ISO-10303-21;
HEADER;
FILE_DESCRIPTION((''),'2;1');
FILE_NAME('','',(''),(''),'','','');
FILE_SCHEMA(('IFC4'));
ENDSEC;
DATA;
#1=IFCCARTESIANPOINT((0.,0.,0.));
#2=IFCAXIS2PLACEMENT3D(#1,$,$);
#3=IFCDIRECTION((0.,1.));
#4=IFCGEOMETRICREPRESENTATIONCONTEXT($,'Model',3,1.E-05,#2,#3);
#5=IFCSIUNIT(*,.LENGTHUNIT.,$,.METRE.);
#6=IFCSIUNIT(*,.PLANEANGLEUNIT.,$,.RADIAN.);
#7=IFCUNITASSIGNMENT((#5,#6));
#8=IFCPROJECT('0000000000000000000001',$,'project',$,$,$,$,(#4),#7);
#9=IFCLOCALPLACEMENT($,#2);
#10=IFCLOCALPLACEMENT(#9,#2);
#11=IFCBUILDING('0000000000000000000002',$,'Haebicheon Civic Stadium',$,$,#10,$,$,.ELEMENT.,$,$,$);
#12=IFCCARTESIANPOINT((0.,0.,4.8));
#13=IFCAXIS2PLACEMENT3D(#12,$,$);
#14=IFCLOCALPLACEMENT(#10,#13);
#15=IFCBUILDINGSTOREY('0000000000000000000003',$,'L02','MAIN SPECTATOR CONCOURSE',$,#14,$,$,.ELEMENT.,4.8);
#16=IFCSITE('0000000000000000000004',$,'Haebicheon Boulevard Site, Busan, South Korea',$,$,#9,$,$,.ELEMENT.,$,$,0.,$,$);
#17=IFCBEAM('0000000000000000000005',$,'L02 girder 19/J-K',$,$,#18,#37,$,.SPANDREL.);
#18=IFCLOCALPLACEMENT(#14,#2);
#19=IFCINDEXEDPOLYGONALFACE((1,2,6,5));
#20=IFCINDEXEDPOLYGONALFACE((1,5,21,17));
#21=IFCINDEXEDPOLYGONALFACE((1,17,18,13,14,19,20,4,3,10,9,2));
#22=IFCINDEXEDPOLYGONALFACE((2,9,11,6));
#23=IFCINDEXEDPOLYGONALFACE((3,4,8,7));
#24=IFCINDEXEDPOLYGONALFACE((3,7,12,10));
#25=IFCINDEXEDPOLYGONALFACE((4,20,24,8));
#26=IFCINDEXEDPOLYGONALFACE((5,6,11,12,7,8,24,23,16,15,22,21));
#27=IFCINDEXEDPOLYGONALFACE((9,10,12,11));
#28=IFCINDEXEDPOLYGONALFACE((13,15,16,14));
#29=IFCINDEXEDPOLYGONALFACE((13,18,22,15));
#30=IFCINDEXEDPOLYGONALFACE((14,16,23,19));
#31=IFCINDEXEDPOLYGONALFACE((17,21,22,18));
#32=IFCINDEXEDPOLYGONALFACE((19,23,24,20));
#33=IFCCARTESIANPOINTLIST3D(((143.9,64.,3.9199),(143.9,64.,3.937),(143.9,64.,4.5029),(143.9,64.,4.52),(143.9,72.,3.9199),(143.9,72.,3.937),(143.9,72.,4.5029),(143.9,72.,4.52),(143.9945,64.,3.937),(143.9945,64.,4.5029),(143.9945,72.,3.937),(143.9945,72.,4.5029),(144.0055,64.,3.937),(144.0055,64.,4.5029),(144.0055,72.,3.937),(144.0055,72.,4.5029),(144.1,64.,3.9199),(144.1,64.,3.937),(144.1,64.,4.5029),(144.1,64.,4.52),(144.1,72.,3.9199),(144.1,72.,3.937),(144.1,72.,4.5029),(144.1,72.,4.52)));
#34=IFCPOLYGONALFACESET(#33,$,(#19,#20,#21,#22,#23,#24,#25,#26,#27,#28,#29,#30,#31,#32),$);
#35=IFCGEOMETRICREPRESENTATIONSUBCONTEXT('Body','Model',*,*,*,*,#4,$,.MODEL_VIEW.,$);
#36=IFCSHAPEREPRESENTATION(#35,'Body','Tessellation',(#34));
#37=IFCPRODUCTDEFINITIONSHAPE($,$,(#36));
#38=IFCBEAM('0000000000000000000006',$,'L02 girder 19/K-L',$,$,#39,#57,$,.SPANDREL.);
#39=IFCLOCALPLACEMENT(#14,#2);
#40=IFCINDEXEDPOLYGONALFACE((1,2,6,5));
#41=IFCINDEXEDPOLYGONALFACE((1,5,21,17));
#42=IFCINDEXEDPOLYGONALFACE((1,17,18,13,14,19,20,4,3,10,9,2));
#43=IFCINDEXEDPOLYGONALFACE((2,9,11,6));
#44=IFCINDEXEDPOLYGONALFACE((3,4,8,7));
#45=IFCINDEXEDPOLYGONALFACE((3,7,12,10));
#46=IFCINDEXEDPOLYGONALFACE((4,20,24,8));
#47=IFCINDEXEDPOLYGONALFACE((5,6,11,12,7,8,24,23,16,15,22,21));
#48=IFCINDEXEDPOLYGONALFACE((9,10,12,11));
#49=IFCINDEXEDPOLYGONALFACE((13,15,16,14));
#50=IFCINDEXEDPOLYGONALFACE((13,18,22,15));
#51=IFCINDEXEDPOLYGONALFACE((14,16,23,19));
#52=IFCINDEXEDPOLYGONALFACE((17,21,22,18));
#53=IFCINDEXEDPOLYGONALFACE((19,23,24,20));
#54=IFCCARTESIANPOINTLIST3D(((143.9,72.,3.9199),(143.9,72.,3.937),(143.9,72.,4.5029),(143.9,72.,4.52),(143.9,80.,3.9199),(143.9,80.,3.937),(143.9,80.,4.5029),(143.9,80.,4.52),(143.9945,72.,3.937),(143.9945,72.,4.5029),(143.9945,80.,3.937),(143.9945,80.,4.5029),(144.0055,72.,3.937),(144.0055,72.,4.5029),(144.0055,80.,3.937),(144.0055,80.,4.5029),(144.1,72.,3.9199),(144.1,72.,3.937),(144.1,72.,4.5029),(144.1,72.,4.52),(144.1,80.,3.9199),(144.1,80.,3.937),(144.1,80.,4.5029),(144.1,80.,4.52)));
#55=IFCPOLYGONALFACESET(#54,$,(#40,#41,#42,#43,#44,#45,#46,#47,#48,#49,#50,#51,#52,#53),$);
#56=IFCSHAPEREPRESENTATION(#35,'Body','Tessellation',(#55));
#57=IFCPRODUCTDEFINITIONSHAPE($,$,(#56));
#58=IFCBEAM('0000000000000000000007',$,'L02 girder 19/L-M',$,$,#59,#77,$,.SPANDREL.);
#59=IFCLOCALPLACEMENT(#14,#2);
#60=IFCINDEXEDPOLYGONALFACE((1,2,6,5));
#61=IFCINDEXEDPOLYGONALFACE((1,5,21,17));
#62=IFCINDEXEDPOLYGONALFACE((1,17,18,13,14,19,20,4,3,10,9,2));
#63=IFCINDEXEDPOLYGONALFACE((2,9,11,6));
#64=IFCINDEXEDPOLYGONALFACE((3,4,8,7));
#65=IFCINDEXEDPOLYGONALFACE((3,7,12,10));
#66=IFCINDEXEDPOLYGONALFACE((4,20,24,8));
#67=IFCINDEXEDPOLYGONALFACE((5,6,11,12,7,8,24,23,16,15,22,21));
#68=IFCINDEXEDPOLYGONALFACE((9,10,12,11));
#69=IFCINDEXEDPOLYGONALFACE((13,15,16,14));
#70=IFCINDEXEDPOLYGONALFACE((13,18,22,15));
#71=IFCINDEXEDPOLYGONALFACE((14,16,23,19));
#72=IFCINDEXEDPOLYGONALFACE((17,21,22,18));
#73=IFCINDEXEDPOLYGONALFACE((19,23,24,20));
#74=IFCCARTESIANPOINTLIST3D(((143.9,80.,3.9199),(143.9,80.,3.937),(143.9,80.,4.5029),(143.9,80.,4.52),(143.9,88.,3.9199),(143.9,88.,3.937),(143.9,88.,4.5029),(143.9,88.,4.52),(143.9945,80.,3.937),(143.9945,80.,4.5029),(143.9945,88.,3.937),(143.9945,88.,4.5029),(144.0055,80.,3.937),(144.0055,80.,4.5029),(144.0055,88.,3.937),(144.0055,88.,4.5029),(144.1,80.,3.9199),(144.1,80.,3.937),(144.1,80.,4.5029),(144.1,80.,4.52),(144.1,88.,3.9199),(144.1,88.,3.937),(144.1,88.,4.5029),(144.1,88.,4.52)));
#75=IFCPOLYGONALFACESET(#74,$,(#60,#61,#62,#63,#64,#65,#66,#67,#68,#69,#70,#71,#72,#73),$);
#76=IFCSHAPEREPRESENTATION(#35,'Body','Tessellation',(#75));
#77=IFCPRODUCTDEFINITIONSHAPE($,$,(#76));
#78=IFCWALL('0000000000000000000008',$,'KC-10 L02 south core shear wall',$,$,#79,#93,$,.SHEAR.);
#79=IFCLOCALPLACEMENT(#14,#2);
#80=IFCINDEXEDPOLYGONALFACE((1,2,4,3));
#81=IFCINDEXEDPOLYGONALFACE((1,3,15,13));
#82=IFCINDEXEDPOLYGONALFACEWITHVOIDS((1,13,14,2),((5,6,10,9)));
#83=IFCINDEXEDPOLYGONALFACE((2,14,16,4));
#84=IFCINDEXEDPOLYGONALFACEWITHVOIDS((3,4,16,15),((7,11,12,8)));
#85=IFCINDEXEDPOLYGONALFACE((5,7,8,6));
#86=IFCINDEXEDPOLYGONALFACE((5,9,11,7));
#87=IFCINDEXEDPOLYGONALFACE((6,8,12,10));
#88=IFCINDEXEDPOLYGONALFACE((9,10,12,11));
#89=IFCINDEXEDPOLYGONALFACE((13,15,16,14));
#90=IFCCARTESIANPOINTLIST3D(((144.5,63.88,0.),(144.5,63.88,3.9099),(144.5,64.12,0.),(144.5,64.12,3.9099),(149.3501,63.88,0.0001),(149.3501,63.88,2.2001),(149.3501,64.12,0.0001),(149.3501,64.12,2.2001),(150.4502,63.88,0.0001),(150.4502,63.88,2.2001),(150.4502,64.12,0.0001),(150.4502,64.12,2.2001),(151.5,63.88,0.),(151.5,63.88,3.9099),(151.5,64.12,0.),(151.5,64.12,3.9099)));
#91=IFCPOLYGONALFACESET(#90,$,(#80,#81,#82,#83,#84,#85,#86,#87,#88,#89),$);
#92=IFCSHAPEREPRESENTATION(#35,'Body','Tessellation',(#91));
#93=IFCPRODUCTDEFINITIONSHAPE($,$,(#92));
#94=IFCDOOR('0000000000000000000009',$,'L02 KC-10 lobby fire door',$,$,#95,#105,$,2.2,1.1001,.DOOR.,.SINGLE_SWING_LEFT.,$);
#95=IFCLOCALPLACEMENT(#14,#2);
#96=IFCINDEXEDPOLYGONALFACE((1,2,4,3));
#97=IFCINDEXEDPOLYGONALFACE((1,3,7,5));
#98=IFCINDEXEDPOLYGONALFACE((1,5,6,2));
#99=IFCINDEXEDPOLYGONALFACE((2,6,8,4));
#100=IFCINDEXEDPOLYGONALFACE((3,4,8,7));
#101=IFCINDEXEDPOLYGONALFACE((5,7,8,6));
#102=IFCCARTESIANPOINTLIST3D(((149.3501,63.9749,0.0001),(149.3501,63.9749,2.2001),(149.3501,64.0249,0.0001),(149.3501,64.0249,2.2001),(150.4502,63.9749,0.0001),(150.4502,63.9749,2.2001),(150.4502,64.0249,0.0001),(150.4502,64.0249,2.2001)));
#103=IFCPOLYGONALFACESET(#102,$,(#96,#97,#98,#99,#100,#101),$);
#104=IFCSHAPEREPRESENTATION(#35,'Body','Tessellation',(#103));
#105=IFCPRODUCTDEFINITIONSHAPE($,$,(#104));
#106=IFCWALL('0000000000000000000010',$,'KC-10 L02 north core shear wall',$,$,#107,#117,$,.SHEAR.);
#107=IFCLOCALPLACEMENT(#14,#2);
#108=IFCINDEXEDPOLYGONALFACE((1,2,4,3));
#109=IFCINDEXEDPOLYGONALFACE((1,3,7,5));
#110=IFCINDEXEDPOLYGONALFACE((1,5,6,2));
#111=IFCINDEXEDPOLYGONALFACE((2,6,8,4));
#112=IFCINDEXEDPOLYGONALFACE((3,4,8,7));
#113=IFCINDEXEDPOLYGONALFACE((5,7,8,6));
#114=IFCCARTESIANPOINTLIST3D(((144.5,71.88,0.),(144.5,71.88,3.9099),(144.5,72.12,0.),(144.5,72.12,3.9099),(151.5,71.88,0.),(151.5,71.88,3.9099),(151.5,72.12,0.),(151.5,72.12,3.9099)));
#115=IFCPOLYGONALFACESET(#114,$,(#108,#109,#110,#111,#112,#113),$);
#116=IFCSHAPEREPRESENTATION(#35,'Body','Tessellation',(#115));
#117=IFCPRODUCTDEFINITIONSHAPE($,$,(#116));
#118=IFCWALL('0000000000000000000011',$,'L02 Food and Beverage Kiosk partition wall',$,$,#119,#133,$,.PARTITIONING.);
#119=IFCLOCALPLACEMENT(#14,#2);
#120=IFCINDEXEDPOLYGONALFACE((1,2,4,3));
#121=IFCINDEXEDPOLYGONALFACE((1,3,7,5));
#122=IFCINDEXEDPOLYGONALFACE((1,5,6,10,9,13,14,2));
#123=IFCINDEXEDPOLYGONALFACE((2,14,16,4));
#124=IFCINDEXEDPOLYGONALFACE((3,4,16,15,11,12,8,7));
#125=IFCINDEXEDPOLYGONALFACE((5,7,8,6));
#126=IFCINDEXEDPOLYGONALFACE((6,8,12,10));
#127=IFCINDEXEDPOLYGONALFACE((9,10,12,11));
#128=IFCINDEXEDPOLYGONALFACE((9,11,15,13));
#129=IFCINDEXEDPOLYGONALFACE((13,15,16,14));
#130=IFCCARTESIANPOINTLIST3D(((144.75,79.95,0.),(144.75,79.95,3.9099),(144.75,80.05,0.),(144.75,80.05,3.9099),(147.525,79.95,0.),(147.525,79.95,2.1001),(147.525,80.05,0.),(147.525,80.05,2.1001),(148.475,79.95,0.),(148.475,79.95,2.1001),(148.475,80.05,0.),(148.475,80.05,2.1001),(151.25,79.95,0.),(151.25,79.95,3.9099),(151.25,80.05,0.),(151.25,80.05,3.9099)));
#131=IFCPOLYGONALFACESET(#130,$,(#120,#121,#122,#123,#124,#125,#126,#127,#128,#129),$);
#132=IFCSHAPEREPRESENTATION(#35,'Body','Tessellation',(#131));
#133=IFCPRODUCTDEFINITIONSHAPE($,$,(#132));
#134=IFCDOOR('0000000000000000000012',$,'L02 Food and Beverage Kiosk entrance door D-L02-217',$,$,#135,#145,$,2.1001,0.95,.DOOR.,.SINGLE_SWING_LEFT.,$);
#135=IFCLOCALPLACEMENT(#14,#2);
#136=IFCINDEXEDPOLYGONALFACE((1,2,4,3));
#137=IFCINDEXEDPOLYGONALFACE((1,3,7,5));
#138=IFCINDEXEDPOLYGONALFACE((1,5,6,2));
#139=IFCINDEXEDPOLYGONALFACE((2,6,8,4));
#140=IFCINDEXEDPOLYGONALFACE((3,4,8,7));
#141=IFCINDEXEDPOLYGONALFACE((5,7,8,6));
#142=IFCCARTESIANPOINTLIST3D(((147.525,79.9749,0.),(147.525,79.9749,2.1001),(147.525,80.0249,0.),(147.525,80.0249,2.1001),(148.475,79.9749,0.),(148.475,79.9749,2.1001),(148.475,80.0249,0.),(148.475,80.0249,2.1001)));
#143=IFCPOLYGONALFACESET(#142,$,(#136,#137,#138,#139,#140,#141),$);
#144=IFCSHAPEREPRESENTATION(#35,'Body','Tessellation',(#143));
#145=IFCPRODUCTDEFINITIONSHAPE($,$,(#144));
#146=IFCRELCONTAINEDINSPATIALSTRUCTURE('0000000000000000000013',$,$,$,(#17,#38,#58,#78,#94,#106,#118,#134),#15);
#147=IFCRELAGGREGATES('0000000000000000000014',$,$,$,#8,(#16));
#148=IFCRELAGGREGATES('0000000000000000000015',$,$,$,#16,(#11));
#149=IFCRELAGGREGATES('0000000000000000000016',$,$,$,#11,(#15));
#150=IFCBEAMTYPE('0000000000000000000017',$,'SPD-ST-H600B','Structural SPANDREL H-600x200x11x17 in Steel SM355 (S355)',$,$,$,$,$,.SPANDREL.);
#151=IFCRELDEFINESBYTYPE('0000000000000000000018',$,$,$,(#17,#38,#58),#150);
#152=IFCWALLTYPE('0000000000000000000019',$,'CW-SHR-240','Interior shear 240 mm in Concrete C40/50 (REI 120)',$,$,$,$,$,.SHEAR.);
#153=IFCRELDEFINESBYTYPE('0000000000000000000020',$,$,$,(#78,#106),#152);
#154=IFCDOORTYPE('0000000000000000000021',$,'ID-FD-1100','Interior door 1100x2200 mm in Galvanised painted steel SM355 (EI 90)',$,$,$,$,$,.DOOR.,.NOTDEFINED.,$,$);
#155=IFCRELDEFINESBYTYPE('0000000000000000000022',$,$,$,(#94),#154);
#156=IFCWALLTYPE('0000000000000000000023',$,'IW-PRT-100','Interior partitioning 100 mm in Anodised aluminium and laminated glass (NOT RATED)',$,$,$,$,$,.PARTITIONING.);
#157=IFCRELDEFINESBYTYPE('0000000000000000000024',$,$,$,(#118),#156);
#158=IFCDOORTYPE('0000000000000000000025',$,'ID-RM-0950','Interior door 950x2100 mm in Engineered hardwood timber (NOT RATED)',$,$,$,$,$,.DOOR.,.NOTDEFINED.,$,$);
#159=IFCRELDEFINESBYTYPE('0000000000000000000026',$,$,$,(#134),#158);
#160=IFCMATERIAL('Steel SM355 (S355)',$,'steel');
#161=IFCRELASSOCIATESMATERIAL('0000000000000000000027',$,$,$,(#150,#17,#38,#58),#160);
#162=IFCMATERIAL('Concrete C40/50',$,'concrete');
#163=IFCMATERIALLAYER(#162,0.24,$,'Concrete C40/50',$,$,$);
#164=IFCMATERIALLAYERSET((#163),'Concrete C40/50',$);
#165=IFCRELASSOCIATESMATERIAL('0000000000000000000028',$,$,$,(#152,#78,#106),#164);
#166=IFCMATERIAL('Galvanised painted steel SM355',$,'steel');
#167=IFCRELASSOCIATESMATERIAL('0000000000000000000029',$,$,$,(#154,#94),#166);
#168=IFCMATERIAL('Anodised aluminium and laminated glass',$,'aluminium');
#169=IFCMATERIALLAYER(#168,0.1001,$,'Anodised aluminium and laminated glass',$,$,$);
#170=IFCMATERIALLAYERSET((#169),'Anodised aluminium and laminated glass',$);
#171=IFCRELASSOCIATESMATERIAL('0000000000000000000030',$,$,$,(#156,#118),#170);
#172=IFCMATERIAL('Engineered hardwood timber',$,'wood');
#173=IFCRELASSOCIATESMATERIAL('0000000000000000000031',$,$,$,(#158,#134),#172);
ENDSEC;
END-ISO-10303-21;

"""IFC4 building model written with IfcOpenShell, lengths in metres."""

from ifc_helpers import new_model, si_unit, direction, frame, frame_2d, origin, origin_2d, place, context, subcontext, project, spatial, rectangle, i_section, extrude, material, layer, layer_set, material_profile, profile_set, type_object, element, fill, save


model = new_model("IFC4")

# Units and contexts
model_context = context("Model", 3, precision=1e-05, world=origin(), true_north=direction((0.0, 1.0)))
body_context = subcontext(model_context, "Body", "Model", "MODEL_VIEW")
ifc_project = project(units=[si_unit("LENGTHUNIT", "METRE"), si_unit("PLANEANGLEUNIT", "RADIAN")], contexts=[model_context])

# Site, building, storey
site_placement = place(None, origin())
site = spatial("IfcSite", under=ifc_project, at=site_placement, Name="Haebicheon Boulevard Site, Busan, South Korea", CompositionType="ELEMENT", RefElevation=0.0)
building_placement = place(site_placement, origin())
building = spatial("IfcBuilding", under=site, at=building_placement, Name="Haebicheon Civic Stadium", CompositionType="ELEMENT")
storey_placement = place(building_placement, frame((0.0, 0.0, 4.8)))
storey = spatial("IfcBuildingStorey", under=building, at=storey_placement, Name="L02", Description="MAIN SPECTATOR CONCOURSE", CompositionType="ELEMENT", Elevation=4.8)

# Beams
ifc_material_1 = material(Name="Steel SM355 (S355)", Category="steel")
ifc_material_profile_1 = material_profile(ifc_material_1, i_section(OverallWidth=0.2, OverallDepth=0.6001, WebThickness=0.011, FlangeThickness=0.0171, at=origin_2d()), Name="H-600x200x11x17")
ifc_profile_set_1 = profile_set([ifc_material_profile_1], Name="Steel SM355 (S355)")
beam_type_1 = type_object("IfcBeamType", Name="SPD-ST-H600B", Description="Structural SPANDREL H-600x200x11x17 in Steel SM355 (S355)", PredefinedType="SPANDREL", material=ifc_profile_set_1)
for number, where, z_axis, x_axis, name in (
    (1, (144.0, 64.0, 4.22), (0.0, 1.0, 0.0), (-1.0, 0.0, 0.0), "L02 girder 19/J-K"),
    (2, (144.0, 72.0, 4.22), (0.0, 1.0, 0.0), (-1.0, 0.0, 0.0), "L02 girder 19/K-L"),
    (3, (144.0, 80.0, 4.22), (0.0, 1.0, 0.0), (-1.0, 0.0, 0.0), "L02 girder 19/L-M"),
):
    element("IfcBeam", number, at=place(storey_placement, frame(where, z_axis=z_axis, x_axis=x_axis)), inside=storey, type_object=beam_type_1, material=ifc_profile_set_1, Name=name, PredefinedType="SPANDREL", context=body_context, shape_type="SweptSolid", body=[
        extrude(i_section(OverallWidth=0.2, OverallDepth=0.6001, WebThickness=0.011, FlangeThickness=0.0171, at=origin_2d()), origin(), (0.0, 0.0, 1.0), 8.0),
    ])

# Wall, opening, door
ifc_material_2 = material(Name="Concrete C40/50", Category="concrete")
ifc_layer_1 = layer(ifc_material_2, 0.24, Name="Concrete C40/50")
ifc_layer_set_1 = layer_set([ifc_layer_1], Name="Concrete C40/50")
wall_type_1 = type_object("IfcWallType", Name="CW-SHR-240", Description="Interior shear 240 mm in Concrete C40/50 (REI 120)", PredefinedType="SHEAR", material=ifc_layer_set_1)
wall_1_placement = place(storey_placement, frame((144.5, 64.0, 0.0), z_axis=(0.0, 0.0, 1.0), x_axis=(1.0, 0.0, 0.0)))
wall_1 = element("IfcWall", 4, at=wall_1_placement, inside=storey, type_object=wall_type_1, material=ifc_layer_set_1, Name="KC-10 L02 south core shear wall", PredefinedType="SHEAR", context=body_context, shape_type="SweptSolid", body=[
    extrude(rectangle(XDim=7.0, YDim=0.24, at=frame_2d((3.5, 0.0))), origin(), (0.0, 0.0, 1.0), 3.9099),
])
opening_1_placement = place(wall_1_placement, frame((4.8501, 0.0, 0.0)))
opening_1 = element("IfcOpeningElement", 5, at=opening_1_placement, cuts=wall_1, PredefinedType="OPENING", context=body_context, shape_type="SweptSolid", body=[
    extrude(rectangle(XDim=1.1001, YDim=2.2, at=frame_2d((0.55, 1.1001))), frame((0.0, 0.1299, 0.0), z_axis=(0.0, -1.0, 0.0), x_axis=(1.0, 0.0, 0.0)), (0.0, 0.0, 1.0), 0.26),
])
ifc_material_3 = material(Name="Galvanised painted steel SM355", Category="steel")
door_type_1 = type_object("IfcDoorType", Name="ID-FD-1100", Description="Interior door 1100x2200 mm in Galvanised painted steel SM355 (EI 90)", OperationType="NOTDEFINED", PredefinedType="DOOR", material=ifc_material_3)
door_1_placement = place(opening_1_placement, origin())
door_1 = element("IfcDoor", 6, at=door_1_placement, inside=storey, type_object=door_type_1, material=ifc_material_3, Name="L02 KC-10 lobby fire door", OperationType="SINGLE_SWING_LEFT", OverallHeight=2.2, OverallWidth=1.1001, PredefinedType="DOOR", context=body_context, shape_type="SweptSolid", body=[
    extrude(rectangle(XDim=1.1001, YDim=2.2, at=frame_2d((0.55, 1.1001))), frame((0.0, 0.0249, 0.0), z_axis=(0.0, -1.0, 0.0), x_axis=(1.0, 0.0, 0.0)), (0.0, 0.0, 1.0), 0.05),
])
fill(opening_1, door_1)

# Wall
wall_2_placement = place(storey_placement, frame((144.5, 72.0, 0.0), z_axis=(0.0, 0.0, 1.0), x_axis=(1.0, 0.0, 0.0)))
element("IfcWall", 7, at=wall_2_placement, inside=storey, type_object=wall_type_1, material=ifc_layer_set_1, Name="KC-10 L02 north core shear wall", PredefinedType="SHEAR", context=body_context, shape_type="SweptSolid", body=[
    extrude(rectangle(XDim=7.0, YDim=0.24, at=frame_2d((3.5, 0.0))), origin(), (0.0, 0.0, 1.0), 3.9099),
])

# Wall, opening, door
ifc_material_4 = material(Name="Anodised aluminium and laminated glass", Category="aluminium")
ifc_layer_2 = layer(ifc_material_4, 0.1001, Name="Anodised aluminium and laminated glass")
ifc_layer_set_2 = layer_set([ifc_layer_2], Name="Anodised aluminium and laminated glass")
wall_type_2 = type_object("IfcWallType", Name="IW-PRT-100", Description="Interior partitioning 100 mm in Anodised aluminium and laminated glass (NOT RATED)", PredefinedType="PARTITIONING", material=ifc_layer_set_2)
wall_3_placement = place(storey_placement, frame((144.75, 80.0, 0.0), z_axis=(0.0, 0.0, 1.0), x_axis=(1.0, 0.0, 0.0)))
wall_3 = element("IfcWall", 8, at=wall_3_placement, inside=storey, type_object=wall_type_2, material=ifc_layer_set_2, Name="L02 Food and Beverage Kiosk partition wall", PredefinedType="PARTITIONING", context=body_context, shape_type="SweptSolid", body=[
    extrude(rectangle(XDim=6.5, YDim=0.1001, at=frame_2d((3.25, 0.0))), origin(), (0.0, 0.0, 1.0), 3.9099),
])
opening_2_placement = place(wall_3_placement, frame((2.7749, 0.0, 0.0)))
opening_2 = element("IfcOpeningElement", 9, at=opening_2_placement, cuts=wall_3, PredefinedType="OPENING", context=body_context, shape_type="SweptSolid", body=[
    extrude(rectangle(XDim=0.95, YDim=2.1001, at=frame_2d((0.4751, 1.05))), frame((0.0, 0.0601, 0.0), z_axis=(0.0, -1.0, 0.0), x_axis=(1.0, 0.0, 0.0)), (0.0, 0.0, 1.0), 0.1201),
])
ifc_material_5 = material(Name="Engineered hardwood timber", Category="wood")
door_type_2 = type_object("IfcDoorType", Name="ID-RM-0950", Description="Interior door 950x2100 mm in Engineered hardwood timber (NOT RATED)", OperationType="NOTDEFINED", PredefinedType="DOOR", material=ifc_material_5)
door_2_placement = place(opening_2_placement, origin())
door_2 = element("IfcDoor", 10, at=door_2_placement, inside=storey, type_object=door_type_2, material=ifc_material_5, Name="L02 Food and Beverage Kiosk entrance door D-L02-217", OperationType="SINGLE_SWING_LEFT", OverallHeight=2.1001, OverallWidth=0.95, PredefinedType="DOOR", context=body_context, shape_type="SweptSolid", body=[
    extrude(rectangle(XDim=0.95, YDim=2.1001, at=frame_2d((0.4751, 1.05))), frame((0.0, 0.0249, 0.0), z_axis=(0.0, -1.0, 0.0), x_axis=(1.0, 0.0, 0.0)), (0.0, 0.0, 1.0), 0.05),
])
fill(opening_2, door_2)

save(model, "model.ifc")
